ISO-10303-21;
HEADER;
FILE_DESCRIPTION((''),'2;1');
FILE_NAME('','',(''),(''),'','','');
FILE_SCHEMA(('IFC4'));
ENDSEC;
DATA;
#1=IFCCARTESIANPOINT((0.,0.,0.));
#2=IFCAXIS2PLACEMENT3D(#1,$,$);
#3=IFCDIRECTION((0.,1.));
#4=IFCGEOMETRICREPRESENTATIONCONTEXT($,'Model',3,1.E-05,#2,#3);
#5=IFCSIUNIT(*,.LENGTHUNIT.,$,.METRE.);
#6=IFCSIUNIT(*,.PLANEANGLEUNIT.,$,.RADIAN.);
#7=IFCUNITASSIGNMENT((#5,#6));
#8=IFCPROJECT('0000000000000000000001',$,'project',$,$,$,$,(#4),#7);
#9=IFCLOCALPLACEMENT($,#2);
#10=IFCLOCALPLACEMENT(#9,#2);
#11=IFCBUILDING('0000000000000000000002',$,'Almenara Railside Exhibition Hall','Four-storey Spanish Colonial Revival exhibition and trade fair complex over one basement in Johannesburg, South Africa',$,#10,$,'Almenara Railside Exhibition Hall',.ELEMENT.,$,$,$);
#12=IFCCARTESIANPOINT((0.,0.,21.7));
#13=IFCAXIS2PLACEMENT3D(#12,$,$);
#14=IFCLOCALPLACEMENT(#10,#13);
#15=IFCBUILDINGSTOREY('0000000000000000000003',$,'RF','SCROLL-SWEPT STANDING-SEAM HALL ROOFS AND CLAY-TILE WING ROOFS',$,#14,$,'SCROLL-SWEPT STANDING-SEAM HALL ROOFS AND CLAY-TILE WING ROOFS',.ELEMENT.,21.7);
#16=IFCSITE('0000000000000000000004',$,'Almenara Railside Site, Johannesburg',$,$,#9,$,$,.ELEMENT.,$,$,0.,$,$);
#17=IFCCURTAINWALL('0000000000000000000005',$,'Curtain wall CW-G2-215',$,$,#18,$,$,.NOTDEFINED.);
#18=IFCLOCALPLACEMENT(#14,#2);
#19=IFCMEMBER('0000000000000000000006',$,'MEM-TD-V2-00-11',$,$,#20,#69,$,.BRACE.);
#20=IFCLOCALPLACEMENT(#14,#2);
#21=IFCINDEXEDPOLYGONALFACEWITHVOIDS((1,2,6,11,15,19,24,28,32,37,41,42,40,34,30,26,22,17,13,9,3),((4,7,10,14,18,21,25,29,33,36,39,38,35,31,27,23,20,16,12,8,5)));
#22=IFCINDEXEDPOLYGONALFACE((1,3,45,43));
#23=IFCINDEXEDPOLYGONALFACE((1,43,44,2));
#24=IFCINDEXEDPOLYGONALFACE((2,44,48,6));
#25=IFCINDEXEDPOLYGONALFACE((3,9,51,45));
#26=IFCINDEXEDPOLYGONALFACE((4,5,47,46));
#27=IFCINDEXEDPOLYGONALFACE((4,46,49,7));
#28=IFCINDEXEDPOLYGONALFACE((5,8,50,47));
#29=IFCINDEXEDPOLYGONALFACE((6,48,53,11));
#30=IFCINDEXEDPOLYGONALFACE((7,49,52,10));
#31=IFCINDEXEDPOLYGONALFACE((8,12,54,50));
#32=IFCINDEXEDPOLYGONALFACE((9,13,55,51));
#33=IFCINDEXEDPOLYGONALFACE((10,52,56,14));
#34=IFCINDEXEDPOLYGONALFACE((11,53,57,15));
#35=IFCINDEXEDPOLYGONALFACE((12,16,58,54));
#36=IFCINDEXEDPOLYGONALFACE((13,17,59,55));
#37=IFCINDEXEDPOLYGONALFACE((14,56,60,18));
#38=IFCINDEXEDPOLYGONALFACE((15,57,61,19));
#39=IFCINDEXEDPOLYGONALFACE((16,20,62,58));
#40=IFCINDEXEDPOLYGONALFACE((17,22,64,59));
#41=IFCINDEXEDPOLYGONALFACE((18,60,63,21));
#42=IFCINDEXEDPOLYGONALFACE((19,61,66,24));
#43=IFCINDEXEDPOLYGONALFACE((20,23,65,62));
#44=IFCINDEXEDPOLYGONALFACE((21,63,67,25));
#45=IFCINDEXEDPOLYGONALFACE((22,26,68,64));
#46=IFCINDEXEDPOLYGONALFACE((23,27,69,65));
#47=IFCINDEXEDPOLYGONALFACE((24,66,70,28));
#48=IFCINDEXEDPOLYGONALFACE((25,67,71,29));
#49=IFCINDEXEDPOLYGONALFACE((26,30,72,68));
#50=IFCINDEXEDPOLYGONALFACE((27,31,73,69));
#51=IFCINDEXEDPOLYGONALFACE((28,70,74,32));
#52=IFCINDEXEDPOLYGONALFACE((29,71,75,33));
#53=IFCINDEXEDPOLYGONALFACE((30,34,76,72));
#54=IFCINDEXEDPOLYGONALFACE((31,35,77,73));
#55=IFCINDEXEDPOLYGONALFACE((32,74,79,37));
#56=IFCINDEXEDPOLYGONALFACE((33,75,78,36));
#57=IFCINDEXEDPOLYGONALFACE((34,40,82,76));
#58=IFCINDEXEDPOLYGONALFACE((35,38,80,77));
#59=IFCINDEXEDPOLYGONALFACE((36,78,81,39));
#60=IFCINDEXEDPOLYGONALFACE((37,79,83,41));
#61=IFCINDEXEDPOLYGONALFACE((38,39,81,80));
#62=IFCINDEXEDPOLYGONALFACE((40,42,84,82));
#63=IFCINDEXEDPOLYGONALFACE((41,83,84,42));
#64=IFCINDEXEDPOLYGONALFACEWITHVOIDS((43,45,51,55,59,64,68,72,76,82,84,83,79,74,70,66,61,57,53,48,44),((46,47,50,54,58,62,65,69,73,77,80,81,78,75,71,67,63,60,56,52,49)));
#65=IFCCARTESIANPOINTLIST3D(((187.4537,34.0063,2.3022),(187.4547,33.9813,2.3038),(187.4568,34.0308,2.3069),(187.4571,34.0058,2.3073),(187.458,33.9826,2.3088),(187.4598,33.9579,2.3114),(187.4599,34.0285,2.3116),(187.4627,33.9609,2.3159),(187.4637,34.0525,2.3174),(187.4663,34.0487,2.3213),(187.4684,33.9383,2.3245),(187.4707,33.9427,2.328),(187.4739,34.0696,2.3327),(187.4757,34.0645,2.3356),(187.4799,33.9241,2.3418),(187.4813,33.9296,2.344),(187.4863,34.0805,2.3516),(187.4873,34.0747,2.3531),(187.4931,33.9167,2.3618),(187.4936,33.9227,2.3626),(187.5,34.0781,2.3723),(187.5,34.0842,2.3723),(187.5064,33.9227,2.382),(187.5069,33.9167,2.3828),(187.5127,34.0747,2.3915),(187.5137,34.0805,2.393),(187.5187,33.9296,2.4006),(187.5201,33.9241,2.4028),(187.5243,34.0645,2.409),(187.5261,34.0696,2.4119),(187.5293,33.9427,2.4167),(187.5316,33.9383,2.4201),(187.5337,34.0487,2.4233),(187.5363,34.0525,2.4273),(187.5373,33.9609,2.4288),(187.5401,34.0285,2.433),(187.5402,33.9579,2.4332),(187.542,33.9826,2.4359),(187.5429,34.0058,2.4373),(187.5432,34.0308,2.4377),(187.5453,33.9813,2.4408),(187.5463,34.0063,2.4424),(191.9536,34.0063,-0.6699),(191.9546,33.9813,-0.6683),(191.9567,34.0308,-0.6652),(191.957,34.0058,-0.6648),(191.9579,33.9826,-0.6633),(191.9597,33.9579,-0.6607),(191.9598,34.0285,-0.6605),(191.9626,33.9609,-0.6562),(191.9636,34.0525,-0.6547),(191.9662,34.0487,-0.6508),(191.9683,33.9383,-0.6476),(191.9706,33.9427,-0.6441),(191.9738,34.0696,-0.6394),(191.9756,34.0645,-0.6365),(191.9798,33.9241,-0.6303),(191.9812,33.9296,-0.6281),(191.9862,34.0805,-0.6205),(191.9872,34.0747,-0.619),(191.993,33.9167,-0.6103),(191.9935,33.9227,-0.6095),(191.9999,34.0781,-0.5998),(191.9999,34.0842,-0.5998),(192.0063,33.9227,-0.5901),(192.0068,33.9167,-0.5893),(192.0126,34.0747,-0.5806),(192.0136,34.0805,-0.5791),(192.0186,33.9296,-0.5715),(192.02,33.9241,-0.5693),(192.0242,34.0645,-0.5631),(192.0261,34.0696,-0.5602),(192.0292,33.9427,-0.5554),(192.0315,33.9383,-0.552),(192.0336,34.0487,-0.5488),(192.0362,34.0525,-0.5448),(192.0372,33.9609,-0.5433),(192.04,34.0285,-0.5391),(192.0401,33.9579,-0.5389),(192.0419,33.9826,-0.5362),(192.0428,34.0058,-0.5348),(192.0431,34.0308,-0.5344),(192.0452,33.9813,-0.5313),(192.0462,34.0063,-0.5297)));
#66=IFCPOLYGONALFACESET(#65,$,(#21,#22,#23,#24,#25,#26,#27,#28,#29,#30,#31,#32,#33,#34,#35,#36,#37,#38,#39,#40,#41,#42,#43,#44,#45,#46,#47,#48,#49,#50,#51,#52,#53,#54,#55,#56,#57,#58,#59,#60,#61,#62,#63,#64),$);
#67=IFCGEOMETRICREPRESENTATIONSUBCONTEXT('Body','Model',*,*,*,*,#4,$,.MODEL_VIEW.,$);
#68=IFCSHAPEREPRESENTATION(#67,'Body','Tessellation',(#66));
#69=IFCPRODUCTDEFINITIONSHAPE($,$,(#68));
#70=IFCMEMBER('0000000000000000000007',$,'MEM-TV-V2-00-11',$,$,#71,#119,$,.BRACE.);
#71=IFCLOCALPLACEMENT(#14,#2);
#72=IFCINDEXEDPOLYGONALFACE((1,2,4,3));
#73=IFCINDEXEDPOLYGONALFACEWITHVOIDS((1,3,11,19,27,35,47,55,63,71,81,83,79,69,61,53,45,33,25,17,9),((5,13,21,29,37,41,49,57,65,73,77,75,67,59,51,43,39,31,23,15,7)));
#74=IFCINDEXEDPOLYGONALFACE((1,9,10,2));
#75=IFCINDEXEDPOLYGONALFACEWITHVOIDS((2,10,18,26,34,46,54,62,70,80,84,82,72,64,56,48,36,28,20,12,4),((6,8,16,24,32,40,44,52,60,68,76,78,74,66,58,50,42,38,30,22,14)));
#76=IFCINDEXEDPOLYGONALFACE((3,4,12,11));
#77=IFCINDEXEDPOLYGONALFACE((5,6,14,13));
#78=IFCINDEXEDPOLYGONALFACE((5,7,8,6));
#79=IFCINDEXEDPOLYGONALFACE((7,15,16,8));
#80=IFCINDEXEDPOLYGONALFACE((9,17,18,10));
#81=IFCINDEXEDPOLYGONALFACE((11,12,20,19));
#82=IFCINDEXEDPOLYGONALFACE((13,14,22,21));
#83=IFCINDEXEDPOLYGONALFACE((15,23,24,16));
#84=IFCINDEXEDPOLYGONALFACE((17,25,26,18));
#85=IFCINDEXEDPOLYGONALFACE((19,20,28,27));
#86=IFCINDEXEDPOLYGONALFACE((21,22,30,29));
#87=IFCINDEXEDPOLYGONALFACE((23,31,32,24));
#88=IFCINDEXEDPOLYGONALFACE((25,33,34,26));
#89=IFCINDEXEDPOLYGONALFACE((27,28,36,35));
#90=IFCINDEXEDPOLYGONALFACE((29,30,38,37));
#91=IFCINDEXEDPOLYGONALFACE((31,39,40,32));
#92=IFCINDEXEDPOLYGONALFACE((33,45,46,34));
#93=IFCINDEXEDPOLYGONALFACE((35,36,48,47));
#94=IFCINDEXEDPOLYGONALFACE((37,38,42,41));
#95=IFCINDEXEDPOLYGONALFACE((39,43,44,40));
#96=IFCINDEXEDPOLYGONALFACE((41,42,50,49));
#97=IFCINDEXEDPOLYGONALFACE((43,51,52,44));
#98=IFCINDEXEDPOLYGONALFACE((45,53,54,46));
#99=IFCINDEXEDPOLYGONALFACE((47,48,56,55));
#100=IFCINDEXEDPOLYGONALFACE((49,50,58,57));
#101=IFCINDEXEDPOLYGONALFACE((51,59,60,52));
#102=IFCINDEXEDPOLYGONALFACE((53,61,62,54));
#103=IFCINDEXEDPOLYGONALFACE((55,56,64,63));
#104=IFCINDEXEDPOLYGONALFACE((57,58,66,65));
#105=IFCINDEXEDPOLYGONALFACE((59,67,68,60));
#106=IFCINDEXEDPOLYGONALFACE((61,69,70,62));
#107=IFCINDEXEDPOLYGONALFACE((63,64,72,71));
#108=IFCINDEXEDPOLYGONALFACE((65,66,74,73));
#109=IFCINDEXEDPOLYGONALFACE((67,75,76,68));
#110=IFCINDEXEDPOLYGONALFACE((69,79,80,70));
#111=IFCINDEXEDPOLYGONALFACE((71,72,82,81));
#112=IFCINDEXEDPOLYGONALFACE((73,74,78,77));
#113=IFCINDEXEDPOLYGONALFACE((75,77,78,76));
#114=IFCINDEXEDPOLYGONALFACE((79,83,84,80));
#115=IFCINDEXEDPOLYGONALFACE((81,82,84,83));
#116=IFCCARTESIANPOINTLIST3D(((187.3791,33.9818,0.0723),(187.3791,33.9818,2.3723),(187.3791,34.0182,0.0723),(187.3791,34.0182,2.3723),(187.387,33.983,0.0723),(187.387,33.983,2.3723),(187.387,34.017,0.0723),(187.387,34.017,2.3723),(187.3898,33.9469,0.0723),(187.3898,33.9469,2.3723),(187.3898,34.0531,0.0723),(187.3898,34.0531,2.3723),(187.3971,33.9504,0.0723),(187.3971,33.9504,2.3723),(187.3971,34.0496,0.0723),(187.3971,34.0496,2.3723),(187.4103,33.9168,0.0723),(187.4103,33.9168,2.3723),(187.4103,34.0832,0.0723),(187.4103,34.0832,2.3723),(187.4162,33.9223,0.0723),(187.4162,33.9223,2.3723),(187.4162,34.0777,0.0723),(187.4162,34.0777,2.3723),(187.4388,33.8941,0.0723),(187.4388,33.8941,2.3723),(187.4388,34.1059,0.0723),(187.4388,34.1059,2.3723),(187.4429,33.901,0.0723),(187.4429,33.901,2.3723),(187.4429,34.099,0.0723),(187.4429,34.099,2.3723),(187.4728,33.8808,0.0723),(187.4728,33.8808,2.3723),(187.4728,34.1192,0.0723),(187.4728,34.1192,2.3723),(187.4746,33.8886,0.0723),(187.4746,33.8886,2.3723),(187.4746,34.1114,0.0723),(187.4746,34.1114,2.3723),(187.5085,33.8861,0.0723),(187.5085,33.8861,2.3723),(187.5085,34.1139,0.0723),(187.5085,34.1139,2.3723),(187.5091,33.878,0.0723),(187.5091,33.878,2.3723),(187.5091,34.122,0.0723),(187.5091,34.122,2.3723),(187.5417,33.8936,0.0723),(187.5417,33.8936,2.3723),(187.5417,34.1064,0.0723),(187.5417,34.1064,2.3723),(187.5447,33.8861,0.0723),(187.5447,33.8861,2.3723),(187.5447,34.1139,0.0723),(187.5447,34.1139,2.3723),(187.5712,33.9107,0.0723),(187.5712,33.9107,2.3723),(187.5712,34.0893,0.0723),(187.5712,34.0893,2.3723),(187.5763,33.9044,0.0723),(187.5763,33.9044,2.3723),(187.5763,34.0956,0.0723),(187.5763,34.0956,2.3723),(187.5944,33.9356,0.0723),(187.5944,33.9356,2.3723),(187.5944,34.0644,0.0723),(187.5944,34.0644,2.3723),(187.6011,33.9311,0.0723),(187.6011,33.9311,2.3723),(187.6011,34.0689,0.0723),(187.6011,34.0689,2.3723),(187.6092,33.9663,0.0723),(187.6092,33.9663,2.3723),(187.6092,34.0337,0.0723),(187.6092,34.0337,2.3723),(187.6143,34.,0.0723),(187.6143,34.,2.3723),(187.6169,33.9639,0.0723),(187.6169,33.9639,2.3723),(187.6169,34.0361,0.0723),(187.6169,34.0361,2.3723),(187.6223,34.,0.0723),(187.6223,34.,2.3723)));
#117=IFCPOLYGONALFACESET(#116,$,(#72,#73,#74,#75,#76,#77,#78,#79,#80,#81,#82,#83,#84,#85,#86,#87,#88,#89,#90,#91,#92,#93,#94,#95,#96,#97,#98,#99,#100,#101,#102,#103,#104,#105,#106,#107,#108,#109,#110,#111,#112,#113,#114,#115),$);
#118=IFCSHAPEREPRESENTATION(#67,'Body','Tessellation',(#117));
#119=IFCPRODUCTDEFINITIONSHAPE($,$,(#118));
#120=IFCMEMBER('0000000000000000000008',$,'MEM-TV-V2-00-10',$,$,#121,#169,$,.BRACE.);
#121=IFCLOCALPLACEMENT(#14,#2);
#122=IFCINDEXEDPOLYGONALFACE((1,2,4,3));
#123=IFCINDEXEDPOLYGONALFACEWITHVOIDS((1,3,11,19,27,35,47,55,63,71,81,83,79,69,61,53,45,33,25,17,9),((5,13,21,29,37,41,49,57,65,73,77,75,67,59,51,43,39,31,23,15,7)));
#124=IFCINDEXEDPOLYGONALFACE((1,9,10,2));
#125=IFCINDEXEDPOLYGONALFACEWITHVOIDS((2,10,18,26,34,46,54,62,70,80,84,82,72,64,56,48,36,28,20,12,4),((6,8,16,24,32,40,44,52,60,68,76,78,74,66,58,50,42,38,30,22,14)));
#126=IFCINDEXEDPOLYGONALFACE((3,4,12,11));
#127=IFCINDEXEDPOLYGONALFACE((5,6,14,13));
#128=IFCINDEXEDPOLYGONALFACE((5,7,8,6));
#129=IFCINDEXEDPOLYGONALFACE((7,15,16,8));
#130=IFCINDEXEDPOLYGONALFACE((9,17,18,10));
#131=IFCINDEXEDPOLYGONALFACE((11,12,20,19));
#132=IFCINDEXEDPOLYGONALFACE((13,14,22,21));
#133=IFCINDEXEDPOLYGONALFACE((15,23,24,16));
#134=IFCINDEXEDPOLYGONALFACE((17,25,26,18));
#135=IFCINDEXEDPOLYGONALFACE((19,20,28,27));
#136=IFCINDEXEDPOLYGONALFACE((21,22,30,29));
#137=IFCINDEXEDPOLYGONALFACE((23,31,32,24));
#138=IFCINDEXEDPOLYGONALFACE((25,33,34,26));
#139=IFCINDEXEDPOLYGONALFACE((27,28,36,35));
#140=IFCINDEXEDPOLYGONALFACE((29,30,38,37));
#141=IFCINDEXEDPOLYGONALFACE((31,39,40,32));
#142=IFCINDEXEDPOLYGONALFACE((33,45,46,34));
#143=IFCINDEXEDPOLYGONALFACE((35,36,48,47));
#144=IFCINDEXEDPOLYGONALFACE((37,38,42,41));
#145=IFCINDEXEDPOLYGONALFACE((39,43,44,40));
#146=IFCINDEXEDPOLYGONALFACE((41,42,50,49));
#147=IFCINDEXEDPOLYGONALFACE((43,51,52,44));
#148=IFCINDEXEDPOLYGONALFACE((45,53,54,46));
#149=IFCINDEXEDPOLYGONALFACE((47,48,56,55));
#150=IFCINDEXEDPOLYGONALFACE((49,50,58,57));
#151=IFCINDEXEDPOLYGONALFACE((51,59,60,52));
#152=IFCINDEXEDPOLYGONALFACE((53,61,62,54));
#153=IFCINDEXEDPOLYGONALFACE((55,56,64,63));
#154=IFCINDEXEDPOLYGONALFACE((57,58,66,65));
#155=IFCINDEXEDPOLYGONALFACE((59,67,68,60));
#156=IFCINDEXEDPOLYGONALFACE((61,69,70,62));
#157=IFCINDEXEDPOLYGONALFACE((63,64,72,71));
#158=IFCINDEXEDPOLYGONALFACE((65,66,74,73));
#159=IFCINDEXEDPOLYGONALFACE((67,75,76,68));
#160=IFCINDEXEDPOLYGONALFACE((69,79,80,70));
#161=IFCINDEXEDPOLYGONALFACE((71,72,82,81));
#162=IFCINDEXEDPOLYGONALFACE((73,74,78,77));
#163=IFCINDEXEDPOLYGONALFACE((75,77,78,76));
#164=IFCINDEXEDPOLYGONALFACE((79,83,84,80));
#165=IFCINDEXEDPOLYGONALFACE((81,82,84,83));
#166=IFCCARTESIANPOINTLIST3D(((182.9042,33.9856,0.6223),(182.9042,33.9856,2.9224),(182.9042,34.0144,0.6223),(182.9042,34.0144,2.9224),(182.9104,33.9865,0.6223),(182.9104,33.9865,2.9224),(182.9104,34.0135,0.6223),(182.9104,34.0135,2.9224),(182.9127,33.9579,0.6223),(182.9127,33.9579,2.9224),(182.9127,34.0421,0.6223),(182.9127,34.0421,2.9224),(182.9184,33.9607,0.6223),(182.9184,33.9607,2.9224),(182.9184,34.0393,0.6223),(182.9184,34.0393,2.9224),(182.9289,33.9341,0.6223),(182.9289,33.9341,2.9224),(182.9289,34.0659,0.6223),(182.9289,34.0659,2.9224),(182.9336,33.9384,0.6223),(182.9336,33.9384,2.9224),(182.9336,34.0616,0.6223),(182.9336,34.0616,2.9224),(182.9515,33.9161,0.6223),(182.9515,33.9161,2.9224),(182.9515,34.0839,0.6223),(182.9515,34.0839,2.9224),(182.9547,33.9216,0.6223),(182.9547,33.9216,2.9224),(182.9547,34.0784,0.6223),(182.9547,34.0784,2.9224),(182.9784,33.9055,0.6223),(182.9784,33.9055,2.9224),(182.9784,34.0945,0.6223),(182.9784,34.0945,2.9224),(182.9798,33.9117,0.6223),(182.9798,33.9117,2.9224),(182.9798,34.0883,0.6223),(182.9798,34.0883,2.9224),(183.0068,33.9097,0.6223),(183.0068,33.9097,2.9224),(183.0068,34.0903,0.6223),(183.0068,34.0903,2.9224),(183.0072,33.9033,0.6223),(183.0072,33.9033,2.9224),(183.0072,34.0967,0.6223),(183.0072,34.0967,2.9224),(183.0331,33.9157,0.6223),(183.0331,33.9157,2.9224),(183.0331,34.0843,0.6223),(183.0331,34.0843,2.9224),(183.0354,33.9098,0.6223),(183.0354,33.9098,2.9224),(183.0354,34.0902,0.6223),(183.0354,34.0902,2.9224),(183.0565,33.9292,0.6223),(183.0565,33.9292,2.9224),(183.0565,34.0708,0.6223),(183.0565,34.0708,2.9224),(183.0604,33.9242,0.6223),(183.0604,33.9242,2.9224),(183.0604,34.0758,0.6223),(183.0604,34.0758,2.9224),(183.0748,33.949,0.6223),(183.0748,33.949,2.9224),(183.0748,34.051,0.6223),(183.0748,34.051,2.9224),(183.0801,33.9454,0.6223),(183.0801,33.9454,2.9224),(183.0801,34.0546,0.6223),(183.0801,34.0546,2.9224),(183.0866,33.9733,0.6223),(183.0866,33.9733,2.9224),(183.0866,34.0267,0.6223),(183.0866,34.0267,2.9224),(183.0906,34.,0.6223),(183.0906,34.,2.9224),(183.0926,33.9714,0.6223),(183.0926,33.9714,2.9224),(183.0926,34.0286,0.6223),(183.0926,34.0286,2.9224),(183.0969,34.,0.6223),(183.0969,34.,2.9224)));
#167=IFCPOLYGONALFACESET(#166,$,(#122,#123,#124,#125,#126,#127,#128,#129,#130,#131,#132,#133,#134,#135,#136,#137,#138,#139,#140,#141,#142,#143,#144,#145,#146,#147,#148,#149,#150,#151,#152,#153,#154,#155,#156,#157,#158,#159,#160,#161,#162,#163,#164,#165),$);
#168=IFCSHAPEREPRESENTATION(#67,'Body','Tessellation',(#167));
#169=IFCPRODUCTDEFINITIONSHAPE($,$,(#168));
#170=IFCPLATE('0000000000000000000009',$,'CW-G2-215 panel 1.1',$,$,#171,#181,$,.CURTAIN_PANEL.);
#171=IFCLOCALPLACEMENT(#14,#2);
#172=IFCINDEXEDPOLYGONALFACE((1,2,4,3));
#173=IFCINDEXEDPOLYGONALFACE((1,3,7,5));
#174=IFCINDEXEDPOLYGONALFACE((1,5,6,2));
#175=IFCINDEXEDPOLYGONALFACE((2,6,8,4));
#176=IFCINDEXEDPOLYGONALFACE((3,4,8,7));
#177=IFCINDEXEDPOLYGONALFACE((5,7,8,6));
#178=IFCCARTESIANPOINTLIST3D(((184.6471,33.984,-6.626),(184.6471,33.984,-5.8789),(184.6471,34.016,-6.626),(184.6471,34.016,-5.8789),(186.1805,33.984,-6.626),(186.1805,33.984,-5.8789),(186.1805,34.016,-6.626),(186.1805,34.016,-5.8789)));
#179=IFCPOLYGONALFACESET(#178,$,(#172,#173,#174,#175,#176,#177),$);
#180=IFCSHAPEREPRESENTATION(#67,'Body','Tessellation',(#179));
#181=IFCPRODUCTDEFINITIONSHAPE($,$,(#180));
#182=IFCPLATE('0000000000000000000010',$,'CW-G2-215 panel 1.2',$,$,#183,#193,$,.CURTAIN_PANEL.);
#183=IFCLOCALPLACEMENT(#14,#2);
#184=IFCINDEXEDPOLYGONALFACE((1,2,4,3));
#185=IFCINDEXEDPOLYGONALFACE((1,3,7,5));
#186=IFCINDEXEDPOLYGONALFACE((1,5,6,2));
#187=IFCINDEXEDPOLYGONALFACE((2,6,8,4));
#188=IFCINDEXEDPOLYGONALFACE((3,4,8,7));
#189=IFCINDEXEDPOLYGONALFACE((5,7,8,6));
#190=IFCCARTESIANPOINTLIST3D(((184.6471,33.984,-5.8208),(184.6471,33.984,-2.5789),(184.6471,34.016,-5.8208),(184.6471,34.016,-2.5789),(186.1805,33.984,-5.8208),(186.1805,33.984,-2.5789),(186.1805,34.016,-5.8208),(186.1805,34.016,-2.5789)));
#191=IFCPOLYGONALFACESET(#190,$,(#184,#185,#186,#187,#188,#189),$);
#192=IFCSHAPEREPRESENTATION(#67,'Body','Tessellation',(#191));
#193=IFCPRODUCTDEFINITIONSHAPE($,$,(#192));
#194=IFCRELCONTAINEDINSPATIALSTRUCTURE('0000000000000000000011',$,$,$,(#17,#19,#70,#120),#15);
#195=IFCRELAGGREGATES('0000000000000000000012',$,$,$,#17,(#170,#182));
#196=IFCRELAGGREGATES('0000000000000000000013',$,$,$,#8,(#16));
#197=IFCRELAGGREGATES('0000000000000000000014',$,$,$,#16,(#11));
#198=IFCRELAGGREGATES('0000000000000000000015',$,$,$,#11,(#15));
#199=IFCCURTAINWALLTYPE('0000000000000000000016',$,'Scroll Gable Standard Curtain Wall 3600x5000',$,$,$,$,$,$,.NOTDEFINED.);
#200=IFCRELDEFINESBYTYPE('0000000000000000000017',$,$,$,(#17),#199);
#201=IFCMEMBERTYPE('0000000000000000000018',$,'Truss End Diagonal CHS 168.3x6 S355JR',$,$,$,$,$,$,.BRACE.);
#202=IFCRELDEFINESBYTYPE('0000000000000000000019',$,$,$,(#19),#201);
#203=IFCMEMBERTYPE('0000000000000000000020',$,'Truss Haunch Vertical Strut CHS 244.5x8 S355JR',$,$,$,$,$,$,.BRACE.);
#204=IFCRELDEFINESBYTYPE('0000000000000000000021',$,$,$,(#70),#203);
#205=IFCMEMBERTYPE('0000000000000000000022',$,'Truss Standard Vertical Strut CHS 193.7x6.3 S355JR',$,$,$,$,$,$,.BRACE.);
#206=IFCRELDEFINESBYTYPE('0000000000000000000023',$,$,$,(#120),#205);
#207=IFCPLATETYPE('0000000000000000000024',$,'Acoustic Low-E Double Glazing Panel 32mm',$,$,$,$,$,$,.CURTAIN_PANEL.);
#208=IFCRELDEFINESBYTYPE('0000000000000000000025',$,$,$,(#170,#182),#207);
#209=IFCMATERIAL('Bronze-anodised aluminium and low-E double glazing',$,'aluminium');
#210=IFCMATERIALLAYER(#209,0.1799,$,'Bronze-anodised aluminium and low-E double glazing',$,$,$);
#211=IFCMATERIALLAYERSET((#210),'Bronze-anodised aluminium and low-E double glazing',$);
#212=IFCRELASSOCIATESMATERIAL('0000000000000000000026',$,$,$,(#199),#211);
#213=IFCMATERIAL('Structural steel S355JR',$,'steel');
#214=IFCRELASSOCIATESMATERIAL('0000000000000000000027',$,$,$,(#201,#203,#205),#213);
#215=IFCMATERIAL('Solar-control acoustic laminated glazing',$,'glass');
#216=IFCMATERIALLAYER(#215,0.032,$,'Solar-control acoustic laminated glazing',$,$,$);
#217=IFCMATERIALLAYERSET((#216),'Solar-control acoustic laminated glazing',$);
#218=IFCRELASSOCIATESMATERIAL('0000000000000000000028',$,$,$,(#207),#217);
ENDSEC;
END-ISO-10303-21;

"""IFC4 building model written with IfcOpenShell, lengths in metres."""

from ifc_helpers import new_model, si_unit, direction, frame, origin, origin_2d, place, context, subcontext, project, spatial, rectangle, hollow_circle, extrude, material, layer, layer_set, material_profile, profile_set, type_object, element, aggregate, save


model = new_model("IFC4")

# Units and contexts
model_context = context("Model", 3, precision=1e-05, world=origin(), true_north=direction((0.0, 1.0)))
body_context = subcontext(model_context, "Body", "Model", "MODEL_VIEW")
ifc_project = project(units=[si_unit("LENGTHUNIT", "METRE"), si_unit("PLANEANGLEUNIT", "RADIAN")], contexts=[model_context])

# Site, building, storey
site_placement = place(None, origin())
site = spatial("IfcSite", under=ifc_project, at=site_placement, Name="Almenara Railside Site, Johannesburg", CompositionType="ELEMENT", RefElevation=0.0)
building_placement = place(site_placement, origin())
building = spatial("IfcBuilding", under=site, at=building_placement, Name="Almenara Railside Exhibition Hall", Description="Four-storey Spanish Colonial Revival exhibition and trade fair complex over one basement in Johannesburg, South Africa", LongName="Almenara Railside Exhibition Hall", CompositionType="ELEMENT")
storey_placement = place(building_placement, frame((0.0, 0.0, 21.7)))
storey = spatial("IfcBuildingStorey", under=building, at=storey_placement, Name="RF", Description="SCROLL-SWEPT STANDING-SEAM HALL ROOFS AND CLAY-TILE WING ROOFS", LongName="SCROLL-SWEPT STANDING-SEAM HALL ROOFS AND CLAY-TILE WING ROOFS", CompositionType="ELEMENT", Elevation=21.7)

# Shared definitions
ifc_material_1 = material(Name="Structural steel S355JR", Category="steel")

# Curtain wall
ifc_material_2 = material(Name="Bronze-anodised aluminium and low-E double glazing", Category="aluminium")
ifc_layer_1 = layer(ifc_material_2, 0.1799, Name="Bronze-anodised aluminium and low-E double glazing")
ifc_layer_set_1 = layer_set([ifc_layer_1], Name="Bronze-anodised aluminium and low-E double glazing")
curtain_wall_type = type_object("IfcCurtainWallType", Name="Scroll Gable Standard Curtain Wall 3600x5000", PredefinedType="NOTDEFINED", material=ifc_layer_set_1)
curtain_wall_placement = place(storey_placement, origin())
curtain_wall = element("IfcCurtainWall", 1, at=curtain_wall_placement, inside=storey, type_object=curtain_wall_type, Name="Curtain wall CW-G2-215", PredefinedType="NOTDEFINED")

# Members
ifc_material_profile_1 = material_profile(ifc_material_1, hollow_circle(Radius=0.0842, WallThickness=0.0061, at=origin_2d()), Name="CHS 168.3x6")
ifc_profile_set_1 = profile_set([ifc_material_profile_1], Name="Structural steel S355JR")
member_type_1 = type_object("IfcMemberType", Name="Truss End Diagonal CHS 168.3x6 S355JR", PredefinedType="BRACE", material=ifc_profile_set_1)
member_1_placement = place(storey_placement, frame((187.5, 34.0, 2.3723), z_axis=(0.834425, 0.0, -0.551122), x_axis=(0.0, 1.0, 0.0)))
element("IfcMember", 2, at=member_1_placement, inside=storey, type_object=member_type_1, Name="MEM-TD-V2-00-11", PredefinedType="BRACE", context=body_context, shape_type="SweptSolid", body=[
    extrude(hollow_circle(Radius=0.0842, WallThickness=0.0061, at=origin_2d()), origin(), (0.0, 0.0, 1.0), 5.3928),
])
ifc_material_profile_2 = material_profile(ifc_material_1, hollow_circle(Radius=0.1223, WallThickness=0.0081, at=origin_2d()), Name="CHS 244.5x8")
ifc_profile_set_2 = profile_set([ifc_material_profile_2], Name="Structural steel S355JR")
member_type_2 = type_object("IfcMemberType", Name="Truss Haunch Vertical Strut CHS 244.5x8 S355JR", PredefinedType="BRACE", material=ifc_profile_set_2)
member_2_placement = place(storey_placement, frame((187.5, 34.0, 0.0723), z_axis=(0.0, 0.0, 1.0), x_axis=(1.0, 0.0, 0.0)))
element("IfcMember", 3, at=member_2_placement, inside=storey, type_object=member_type_2, Name="MEM-TV-V2-00-11", PredefinedType="BRACE", context=body_context, shape_type="SweptSolid", body=[
    extrude(hollow_circle(Radius=0.1223, WallThickness=0.0081, at=origin_2d()), origin(), (0.0, 0.0, 1.0), 2.3),
])
ifc_material_profile_3 = material_profile(ifc_material_1, hollow_circle(Radius=0.0969, WallThickness=0.0063, at=origin_2d()), Name="CHS 193.7x6.3")
ifc_profile_set_3 = profile_set([ifc_material_profile_3], Name="Structural steel S355JR")
member_type_3 = type_object("IfcMemberType", Name="Truss Standard Vertical Strut CHS 193.7x6.3 S355JR", PredefinedType="BRACE", material=ifc_profile_set_3)
member_3_placement = place(storey_placement, frame((183.0, 34.0, 0.6223), z_axis=(0.0, 0.0, 1.0), x_axis=(1.0, 0.0, 0.0)))
element("IfcMember", 4, at=member_3_placement, inside=storey, type_object=member_type_3, Name="MEM-TV-V2-00-10", PredefinedType="BRACE", context=body_context, shape_type="SweptSolid", body=[
    extrude(hollow_circle(Radius=0.0969, WallThickness=0.0063, at=origin_2d()), origin(), (0.0, 0.0, 1.0), 2.3),
])

# Plates
ifc_material_3 = material(Name="Solar-control acoustic laminated glazing", Category="glass")
ifc_layer_2 = layer(ifc_material_3, 0.032, Name="Solar-control acoustic laminated glazing")
ifc_layer_set_2 = layer_set([ifc_layer_2], Name="Solar-control acoustic laminated glazing")
plate_type = type_object("IfcPlateType", Name="Acoustic Low-E Double Glazing Panel 32mm", PredefinedType="CURTAIN_PANEL", material=ifc_layer_set_2)
plate_1_placement = place(storey_placement, frame((185.4138, 34.0, -6.626), z_axis=(0.0, 0.0, 1.0), x_axis=(1.0, 0.0, 0.0)))
plate_1 = element("IfcPlate", 5, at=plate_1_placement, type_object=plate_type, Name="CW-G2-215 panel 1.1", PredefinedType="CURTAIN_PANEL", context=body_context, shape_type="SweptSolid", body=[
    extrude(rectangle(XDim=1.5334, YDim=0.032, at=origin_2d()), origin(), (0.0, 0.0, 1.0), 0.7471),
])
plate_2_placement = place(storey_placement, frame((185.4138, 34.0, -5.8208), z_axis=(0.0, 0.0, 1.0), x_axis=(1.0, 0.0, 0.0)))
plate_2 = element("IfcPlate", 6, at=plate_2_placement, type_object=plate_type, Name="CW-G2-215 panel 1.2", PredefinedType="CURTAIN_PANEL", context=body_context, shape_type="SweptSolid", body=[
    extrude(rectangle(XDim=1.5334, YDim=0.032, at=origin_2d()), origin(), (0.0, 0.0, 1.0), 3.2419),
])
aggregate(curtain_wall, [plate_1, plate_2])

save(model, "model.ifc")
